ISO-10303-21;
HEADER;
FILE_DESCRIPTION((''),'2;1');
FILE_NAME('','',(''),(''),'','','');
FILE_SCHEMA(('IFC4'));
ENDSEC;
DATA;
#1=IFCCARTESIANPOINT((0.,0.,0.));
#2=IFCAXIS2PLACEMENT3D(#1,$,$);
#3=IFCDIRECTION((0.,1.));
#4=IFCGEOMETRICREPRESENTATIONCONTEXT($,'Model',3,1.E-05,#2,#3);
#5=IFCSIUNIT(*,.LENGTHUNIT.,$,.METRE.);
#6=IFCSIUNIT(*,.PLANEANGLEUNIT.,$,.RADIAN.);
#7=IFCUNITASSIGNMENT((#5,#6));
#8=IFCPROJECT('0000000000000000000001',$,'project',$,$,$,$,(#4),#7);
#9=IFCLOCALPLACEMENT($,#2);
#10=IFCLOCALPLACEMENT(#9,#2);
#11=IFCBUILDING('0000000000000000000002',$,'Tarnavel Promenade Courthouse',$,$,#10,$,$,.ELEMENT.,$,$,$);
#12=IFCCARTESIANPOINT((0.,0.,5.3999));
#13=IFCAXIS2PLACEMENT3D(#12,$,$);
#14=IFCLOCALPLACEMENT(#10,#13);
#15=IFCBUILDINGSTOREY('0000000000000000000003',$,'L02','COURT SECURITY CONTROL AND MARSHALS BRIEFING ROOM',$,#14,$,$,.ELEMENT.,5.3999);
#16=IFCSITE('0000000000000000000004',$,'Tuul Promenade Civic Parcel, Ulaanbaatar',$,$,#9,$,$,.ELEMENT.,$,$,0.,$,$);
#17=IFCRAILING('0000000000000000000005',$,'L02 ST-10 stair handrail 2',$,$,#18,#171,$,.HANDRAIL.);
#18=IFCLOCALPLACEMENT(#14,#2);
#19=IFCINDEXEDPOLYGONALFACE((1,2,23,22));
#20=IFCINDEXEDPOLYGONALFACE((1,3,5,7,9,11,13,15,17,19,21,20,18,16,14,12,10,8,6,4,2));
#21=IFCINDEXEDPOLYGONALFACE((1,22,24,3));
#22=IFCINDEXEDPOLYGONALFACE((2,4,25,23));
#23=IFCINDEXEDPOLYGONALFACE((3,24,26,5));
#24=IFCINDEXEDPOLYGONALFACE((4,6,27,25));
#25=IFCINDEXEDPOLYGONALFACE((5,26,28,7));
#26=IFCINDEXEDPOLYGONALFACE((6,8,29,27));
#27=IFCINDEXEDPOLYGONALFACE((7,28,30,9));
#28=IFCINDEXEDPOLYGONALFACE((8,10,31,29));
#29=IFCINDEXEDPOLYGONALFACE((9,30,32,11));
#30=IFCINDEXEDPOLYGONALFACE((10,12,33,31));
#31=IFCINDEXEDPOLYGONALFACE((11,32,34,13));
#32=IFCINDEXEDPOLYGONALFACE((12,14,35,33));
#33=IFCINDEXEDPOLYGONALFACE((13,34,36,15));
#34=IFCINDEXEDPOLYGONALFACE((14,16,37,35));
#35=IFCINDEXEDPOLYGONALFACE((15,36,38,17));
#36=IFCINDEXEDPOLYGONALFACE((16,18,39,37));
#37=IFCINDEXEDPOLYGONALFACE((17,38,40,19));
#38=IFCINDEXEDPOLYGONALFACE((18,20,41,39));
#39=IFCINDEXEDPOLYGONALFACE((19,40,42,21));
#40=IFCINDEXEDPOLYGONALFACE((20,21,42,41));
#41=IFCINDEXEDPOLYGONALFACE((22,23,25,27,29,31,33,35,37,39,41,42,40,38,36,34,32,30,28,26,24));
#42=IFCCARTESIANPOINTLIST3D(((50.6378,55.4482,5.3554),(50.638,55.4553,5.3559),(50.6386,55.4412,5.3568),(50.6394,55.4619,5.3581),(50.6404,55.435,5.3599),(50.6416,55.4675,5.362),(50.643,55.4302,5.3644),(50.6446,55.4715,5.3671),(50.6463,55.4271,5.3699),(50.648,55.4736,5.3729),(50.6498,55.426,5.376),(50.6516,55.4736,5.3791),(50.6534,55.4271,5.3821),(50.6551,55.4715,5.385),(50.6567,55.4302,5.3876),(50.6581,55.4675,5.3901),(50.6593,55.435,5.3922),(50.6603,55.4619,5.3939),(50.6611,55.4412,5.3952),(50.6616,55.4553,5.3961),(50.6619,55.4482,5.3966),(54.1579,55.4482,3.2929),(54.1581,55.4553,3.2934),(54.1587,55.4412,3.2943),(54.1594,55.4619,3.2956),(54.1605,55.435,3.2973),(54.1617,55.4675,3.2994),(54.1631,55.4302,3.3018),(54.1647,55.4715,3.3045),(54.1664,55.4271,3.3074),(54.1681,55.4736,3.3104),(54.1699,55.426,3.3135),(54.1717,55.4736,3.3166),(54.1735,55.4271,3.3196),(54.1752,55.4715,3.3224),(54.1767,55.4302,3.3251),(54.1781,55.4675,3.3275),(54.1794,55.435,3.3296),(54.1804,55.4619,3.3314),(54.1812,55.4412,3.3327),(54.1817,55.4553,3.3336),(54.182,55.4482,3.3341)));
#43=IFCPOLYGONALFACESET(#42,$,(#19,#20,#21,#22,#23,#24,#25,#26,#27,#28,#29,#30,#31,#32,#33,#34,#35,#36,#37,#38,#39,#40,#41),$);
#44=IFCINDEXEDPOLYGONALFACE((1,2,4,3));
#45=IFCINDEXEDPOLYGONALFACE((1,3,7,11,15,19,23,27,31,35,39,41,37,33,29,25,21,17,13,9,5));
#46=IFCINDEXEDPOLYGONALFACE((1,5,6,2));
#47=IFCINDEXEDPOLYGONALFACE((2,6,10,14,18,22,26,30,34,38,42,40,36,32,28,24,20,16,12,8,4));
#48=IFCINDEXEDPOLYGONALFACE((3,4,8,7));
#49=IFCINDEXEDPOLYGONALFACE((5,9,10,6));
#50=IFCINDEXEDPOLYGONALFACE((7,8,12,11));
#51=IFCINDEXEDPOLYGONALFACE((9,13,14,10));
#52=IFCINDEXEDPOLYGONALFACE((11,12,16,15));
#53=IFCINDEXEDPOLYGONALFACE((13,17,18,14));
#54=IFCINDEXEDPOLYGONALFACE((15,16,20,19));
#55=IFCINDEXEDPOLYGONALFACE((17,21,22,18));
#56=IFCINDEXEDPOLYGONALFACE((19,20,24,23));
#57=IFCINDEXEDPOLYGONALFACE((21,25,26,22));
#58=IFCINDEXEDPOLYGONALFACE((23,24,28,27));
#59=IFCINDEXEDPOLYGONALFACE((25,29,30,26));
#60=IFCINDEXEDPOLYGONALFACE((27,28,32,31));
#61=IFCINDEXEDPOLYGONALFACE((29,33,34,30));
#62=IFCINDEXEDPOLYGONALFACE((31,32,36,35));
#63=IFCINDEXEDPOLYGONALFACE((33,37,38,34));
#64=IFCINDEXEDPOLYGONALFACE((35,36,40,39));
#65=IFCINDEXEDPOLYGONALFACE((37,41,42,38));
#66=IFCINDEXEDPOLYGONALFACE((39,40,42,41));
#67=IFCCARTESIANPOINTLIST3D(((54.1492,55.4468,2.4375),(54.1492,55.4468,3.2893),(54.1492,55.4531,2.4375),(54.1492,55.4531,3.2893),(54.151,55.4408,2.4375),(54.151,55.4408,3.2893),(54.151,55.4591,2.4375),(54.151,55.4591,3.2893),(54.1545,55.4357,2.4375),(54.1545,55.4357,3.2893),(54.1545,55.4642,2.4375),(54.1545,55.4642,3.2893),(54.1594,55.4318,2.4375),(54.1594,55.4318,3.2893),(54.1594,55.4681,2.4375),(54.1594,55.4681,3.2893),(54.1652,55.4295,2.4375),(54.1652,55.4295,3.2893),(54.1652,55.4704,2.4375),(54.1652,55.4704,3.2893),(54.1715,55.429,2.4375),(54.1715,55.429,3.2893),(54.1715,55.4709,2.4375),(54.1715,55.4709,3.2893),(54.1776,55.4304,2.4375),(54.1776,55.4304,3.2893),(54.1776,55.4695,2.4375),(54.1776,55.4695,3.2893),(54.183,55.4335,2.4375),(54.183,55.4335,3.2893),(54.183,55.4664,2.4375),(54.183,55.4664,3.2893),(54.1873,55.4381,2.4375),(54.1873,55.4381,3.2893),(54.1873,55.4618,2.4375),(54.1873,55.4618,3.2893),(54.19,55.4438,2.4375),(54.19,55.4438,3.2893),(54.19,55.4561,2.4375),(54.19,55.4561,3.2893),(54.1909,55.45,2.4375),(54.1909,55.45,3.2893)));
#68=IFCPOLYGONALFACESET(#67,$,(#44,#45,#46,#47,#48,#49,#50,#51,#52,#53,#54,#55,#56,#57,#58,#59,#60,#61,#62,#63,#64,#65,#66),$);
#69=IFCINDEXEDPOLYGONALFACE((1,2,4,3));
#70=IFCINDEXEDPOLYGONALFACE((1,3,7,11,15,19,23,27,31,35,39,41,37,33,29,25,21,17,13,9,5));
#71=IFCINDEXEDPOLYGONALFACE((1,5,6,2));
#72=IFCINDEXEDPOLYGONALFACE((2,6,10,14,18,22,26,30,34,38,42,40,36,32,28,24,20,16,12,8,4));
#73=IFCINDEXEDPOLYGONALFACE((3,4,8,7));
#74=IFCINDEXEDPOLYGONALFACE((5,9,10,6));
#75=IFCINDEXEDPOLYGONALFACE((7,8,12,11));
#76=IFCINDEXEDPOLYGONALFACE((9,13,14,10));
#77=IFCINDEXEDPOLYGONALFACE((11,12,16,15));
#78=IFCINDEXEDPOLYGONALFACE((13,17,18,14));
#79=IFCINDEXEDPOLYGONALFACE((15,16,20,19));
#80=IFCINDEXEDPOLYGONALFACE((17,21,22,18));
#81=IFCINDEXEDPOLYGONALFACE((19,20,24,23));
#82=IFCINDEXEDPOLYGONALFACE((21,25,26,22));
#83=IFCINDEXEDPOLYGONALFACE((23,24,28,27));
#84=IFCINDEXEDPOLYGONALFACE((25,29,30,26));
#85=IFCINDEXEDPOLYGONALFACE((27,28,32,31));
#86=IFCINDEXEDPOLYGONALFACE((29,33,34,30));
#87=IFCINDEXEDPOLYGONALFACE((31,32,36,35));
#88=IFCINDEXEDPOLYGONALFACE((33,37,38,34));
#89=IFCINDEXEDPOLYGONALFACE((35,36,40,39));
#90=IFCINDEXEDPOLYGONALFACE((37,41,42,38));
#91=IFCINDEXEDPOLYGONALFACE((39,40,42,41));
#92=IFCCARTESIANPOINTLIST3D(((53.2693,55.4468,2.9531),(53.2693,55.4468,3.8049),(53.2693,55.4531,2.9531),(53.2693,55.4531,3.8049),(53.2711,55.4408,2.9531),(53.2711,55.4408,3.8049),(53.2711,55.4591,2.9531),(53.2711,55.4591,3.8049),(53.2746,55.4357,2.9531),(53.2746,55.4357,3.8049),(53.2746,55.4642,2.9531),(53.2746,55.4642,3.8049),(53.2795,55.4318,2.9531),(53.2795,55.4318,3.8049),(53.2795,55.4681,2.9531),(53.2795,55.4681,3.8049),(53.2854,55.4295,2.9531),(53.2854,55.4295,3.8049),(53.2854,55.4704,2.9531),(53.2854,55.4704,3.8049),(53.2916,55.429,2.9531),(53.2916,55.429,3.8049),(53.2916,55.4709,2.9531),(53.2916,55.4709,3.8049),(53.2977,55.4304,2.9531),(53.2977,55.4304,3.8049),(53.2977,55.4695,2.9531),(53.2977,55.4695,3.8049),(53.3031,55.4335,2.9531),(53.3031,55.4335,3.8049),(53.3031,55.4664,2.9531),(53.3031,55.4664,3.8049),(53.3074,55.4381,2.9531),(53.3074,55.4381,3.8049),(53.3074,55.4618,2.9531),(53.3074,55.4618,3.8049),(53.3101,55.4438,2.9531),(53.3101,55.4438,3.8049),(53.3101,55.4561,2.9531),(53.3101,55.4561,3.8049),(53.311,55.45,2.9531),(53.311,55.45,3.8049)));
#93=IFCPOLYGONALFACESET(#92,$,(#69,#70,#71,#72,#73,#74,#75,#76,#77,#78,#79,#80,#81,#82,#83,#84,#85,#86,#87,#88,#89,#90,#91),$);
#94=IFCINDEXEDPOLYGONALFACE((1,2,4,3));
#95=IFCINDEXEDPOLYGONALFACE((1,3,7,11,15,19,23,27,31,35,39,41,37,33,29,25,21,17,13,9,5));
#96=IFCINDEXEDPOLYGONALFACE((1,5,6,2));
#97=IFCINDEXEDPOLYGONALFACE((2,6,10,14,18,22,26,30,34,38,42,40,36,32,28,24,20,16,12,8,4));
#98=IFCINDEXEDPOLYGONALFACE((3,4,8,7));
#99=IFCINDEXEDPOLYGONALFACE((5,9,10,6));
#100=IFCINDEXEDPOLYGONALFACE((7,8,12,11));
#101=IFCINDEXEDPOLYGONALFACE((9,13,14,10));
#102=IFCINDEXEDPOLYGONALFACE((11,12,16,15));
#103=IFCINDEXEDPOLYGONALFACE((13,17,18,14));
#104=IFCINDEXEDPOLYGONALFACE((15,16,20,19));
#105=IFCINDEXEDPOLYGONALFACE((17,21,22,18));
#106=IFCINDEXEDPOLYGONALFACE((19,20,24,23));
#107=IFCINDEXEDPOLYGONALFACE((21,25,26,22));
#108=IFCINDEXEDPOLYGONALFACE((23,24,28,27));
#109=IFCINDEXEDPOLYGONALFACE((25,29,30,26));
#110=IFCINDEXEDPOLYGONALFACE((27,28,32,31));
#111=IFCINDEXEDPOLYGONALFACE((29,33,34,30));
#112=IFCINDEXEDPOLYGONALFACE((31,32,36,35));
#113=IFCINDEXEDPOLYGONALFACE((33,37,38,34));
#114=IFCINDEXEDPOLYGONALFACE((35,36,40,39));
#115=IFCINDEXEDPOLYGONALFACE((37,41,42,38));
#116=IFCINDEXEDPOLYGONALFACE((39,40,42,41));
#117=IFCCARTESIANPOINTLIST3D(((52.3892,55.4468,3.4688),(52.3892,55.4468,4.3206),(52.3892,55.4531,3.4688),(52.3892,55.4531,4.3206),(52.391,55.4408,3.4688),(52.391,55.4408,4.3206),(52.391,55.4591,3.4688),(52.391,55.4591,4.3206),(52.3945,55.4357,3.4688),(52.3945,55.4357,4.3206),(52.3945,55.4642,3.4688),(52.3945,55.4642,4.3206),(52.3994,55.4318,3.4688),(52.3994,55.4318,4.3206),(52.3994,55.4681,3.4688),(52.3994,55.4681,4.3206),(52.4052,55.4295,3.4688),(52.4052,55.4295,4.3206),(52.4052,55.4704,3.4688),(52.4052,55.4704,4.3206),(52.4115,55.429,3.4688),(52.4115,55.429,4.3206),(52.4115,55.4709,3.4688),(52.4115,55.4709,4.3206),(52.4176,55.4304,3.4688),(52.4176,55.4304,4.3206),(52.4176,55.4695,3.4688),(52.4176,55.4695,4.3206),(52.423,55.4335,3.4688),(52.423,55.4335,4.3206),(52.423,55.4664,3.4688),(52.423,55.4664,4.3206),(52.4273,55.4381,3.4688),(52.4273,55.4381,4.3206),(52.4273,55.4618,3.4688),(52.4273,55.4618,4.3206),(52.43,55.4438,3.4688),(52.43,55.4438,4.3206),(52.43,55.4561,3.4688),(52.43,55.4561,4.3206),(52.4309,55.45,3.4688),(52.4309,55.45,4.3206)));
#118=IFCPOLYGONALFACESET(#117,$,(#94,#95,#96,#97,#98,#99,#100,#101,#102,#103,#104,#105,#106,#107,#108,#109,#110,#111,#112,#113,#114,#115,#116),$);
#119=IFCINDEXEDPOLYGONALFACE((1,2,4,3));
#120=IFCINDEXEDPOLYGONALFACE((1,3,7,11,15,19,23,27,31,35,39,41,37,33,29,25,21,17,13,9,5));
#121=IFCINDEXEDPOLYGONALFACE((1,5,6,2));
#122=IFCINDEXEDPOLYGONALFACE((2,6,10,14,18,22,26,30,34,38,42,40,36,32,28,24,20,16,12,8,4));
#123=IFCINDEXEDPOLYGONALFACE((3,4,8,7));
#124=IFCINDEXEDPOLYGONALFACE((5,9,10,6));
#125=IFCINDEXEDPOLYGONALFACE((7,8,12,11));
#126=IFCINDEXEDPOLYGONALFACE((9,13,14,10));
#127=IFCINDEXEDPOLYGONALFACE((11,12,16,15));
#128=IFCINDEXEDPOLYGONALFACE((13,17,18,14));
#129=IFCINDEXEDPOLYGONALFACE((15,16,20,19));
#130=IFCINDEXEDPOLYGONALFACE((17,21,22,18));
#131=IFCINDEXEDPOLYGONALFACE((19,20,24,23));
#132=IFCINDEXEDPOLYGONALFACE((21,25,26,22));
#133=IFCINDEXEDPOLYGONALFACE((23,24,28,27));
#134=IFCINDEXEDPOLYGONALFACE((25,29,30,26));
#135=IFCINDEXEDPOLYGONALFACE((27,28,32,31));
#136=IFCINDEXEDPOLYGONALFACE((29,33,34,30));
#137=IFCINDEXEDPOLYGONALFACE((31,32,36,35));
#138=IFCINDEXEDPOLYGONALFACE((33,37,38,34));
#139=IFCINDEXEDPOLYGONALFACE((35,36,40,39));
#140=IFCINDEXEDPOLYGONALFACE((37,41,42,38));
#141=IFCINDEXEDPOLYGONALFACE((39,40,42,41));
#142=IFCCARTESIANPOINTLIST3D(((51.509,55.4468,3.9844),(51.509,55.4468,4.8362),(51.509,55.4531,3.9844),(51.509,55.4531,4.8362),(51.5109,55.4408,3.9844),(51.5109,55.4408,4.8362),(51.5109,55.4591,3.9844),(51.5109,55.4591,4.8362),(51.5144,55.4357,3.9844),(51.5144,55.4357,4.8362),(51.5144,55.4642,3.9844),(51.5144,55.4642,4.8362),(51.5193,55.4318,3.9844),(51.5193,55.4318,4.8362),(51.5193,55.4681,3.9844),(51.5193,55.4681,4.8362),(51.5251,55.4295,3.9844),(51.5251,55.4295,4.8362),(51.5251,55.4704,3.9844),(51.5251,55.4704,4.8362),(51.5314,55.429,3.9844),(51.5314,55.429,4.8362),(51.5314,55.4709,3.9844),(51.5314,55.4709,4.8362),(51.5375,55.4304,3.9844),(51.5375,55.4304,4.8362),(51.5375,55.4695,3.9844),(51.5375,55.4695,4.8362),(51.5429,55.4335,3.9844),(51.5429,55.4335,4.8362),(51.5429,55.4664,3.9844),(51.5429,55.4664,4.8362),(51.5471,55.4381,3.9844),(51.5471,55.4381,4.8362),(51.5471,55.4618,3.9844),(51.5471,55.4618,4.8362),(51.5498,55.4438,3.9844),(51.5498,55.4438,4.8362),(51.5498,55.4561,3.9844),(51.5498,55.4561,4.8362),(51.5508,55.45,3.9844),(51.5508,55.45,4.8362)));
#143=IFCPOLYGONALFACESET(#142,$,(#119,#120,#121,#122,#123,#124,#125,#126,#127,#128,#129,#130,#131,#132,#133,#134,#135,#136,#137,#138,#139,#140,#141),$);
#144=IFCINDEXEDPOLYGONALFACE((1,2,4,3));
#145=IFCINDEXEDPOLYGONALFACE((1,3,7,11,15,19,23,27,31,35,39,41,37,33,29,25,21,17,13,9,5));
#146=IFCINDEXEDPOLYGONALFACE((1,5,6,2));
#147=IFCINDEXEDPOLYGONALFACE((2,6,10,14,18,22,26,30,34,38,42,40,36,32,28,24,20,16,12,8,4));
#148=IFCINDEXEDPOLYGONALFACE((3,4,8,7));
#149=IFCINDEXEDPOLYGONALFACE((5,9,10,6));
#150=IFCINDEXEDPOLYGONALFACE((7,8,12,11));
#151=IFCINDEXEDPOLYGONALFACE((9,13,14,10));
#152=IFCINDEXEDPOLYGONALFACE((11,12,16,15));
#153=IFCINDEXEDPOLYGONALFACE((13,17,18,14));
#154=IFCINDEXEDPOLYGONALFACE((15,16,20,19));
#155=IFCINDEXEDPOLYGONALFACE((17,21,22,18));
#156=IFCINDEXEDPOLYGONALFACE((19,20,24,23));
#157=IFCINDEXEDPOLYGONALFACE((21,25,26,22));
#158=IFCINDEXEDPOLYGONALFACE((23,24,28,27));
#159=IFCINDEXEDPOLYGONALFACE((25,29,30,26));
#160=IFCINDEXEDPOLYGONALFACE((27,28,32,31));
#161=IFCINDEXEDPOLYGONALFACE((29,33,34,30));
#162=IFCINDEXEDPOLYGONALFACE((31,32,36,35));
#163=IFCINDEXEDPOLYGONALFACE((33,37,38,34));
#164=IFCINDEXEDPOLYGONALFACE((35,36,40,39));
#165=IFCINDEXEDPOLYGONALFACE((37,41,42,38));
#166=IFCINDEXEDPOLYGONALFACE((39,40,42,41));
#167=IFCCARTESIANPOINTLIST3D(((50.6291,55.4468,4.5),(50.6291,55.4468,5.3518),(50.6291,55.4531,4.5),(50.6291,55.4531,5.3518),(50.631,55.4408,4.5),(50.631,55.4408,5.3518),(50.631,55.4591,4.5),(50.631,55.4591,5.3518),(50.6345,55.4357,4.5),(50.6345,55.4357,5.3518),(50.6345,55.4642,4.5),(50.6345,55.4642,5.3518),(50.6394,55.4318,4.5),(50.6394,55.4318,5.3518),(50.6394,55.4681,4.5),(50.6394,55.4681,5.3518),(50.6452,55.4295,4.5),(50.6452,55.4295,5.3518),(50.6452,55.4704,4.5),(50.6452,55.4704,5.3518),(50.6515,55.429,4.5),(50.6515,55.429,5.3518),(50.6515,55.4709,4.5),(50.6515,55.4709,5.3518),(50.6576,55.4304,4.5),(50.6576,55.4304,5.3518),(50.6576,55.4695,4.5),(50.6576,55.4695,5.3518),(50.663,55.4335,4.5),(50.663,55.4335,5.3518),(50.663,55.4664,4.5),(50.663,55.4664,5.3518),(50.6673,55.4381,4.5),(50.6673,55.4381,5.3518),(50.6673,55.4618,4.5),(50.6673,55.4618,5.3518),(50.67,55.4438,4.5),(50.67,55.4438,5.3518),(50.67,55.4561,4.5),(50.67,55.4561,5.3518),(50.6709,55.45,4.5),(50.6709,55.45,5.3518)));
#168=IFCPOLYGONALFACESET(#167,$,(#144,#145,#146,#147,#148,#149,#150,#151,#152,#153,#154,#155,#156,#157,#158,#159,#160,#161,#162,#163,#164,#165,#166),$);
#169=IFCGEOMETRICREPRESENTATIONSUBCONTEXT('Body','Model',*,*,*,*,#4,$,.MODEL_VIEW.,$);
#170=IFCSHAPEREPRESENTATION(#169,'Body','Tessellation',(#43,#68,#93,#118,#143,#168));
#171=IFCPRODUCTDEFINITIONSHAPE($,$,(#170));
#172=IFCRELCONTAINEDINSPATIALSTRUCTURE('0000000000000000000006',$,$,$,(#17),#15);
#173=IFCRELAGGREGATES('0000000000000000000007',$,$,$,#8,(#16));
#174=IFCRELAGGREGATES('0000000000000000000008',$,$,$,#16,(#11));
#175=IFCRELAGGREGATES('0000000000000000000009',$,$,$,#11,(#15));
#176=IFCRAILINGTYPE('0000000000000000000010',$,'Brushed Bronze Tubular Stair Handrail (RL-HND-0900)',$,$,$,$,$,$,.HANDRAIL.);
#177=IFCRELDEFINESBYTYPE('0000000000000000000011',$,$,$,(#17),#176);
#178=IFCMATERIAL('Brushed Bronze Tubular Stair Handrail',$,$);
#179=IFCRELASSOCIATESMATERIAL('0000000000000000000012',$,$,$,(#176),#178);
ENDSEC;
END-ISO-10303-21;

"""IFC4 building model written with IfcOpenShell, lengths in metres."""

from ifc_helpers import new_model, si_unit, direction, frame, origin, origin_2d, place, context, subcontext, project, spatial, circle, extrude, material, type_object, element, save


model = new_model("IFC4")

# Units and contexts
model_context = context("Model", 3, precision=1e-05, world=origin(), true_north=direction((0.0, 1.0)))
body_context = subcontext(model_context, "Body", "Model", "MODEL_VIEW")
ifc_project = project(units=[si_unit("LENGTHUNIT", "METRE"), si_unit("PLANEANGLEUNIT", "RADIAN")], contexts=[model_context])

# Site, building, storey
site_placement = place(None, origin())
site = spatial("IfcSite", under=ifc_project, at=site_placement, Name="Tuul Promenade Civic Parcel, Ulaanbaatar", CompositionType="ELEMENT", RefElevation=0.0)
building_placement = place(site_placement, origin())
building = spatial("IfcBuilding", under=site, at=building_placement, Name="Tarnavel Promenade Courthouse", CompositionType="ELEMENT")
storey_placement = place(building_placement, frame((0.0, 0.0, 5.3999)))
storey = spatial("IfcBuildingStorey", under=building, at=storey_placement, Name="L02", Description="COURT SECURITY CONTROL AND MARSHALS BRIEFING ROOM", CompositionType="ELEMENT", Elevation=5.3999)

# Railing
ifc_material_1 = material(Name="Brushed Bronze Tubular Stair Handrail")
railing_type_1 = type_object("IfcRailingType", Name="Brushed Bronze Tubular Stair Handrail (RL-HND-0900)", PredefinedType="HANDRAIL", material=ifc_material_1)
railing_1_placement = place(storey_placement, frame((54.1699, 55.45, 2.4375)))
element("IfcRailing", 1, at=railing_1_placement, inside=storey, type_object=railing_type_1, Name="L02 ST-10 stair handrail 2", PredefinedType="HANDRAIL", context=body_context, shape_type="SweptSolid", body=[
    extrude(circle(Radius=0.0239, at=origin_2d()), frame((0.0, 0.0, 0.876), z_axis=(-0.862801, 0.0, 0.505544), x_axis=(0.0, -1.0, 0.0)), (0.0, 0.0, 1.0), 4.0798),
    extrude(circle(Radius=0.021, at=origin_2d()), origin(), (0.0, 0.0, 1.0), 0.8518),
    extrude(circle(Radius=0.021, at=origin_2d()), frame((-0.8799, 0.0, 0.5156)), (0.0, 0.0, 1.0), 0.8518),
    extrude(circle(Radius=0.021, at=origin_2d()), frame((-1.76, 0.0, 1.0312)), (0.0, 0.0, 1.0), 0.8518),
    extrude(circle(Radius=0.021, at=origin_2d()), frame((-2.6401, 0.0, 1.5469)), (0.0, 0.0, 1.0), 0.8518),
    extrude(circle(Radius=0.021, at=origin_2d()), frame((-3.52, 0.0, 2.0625)), (0.0, 0.0, 1.0), 0.8518),
])

save(model, "model.ifc")
